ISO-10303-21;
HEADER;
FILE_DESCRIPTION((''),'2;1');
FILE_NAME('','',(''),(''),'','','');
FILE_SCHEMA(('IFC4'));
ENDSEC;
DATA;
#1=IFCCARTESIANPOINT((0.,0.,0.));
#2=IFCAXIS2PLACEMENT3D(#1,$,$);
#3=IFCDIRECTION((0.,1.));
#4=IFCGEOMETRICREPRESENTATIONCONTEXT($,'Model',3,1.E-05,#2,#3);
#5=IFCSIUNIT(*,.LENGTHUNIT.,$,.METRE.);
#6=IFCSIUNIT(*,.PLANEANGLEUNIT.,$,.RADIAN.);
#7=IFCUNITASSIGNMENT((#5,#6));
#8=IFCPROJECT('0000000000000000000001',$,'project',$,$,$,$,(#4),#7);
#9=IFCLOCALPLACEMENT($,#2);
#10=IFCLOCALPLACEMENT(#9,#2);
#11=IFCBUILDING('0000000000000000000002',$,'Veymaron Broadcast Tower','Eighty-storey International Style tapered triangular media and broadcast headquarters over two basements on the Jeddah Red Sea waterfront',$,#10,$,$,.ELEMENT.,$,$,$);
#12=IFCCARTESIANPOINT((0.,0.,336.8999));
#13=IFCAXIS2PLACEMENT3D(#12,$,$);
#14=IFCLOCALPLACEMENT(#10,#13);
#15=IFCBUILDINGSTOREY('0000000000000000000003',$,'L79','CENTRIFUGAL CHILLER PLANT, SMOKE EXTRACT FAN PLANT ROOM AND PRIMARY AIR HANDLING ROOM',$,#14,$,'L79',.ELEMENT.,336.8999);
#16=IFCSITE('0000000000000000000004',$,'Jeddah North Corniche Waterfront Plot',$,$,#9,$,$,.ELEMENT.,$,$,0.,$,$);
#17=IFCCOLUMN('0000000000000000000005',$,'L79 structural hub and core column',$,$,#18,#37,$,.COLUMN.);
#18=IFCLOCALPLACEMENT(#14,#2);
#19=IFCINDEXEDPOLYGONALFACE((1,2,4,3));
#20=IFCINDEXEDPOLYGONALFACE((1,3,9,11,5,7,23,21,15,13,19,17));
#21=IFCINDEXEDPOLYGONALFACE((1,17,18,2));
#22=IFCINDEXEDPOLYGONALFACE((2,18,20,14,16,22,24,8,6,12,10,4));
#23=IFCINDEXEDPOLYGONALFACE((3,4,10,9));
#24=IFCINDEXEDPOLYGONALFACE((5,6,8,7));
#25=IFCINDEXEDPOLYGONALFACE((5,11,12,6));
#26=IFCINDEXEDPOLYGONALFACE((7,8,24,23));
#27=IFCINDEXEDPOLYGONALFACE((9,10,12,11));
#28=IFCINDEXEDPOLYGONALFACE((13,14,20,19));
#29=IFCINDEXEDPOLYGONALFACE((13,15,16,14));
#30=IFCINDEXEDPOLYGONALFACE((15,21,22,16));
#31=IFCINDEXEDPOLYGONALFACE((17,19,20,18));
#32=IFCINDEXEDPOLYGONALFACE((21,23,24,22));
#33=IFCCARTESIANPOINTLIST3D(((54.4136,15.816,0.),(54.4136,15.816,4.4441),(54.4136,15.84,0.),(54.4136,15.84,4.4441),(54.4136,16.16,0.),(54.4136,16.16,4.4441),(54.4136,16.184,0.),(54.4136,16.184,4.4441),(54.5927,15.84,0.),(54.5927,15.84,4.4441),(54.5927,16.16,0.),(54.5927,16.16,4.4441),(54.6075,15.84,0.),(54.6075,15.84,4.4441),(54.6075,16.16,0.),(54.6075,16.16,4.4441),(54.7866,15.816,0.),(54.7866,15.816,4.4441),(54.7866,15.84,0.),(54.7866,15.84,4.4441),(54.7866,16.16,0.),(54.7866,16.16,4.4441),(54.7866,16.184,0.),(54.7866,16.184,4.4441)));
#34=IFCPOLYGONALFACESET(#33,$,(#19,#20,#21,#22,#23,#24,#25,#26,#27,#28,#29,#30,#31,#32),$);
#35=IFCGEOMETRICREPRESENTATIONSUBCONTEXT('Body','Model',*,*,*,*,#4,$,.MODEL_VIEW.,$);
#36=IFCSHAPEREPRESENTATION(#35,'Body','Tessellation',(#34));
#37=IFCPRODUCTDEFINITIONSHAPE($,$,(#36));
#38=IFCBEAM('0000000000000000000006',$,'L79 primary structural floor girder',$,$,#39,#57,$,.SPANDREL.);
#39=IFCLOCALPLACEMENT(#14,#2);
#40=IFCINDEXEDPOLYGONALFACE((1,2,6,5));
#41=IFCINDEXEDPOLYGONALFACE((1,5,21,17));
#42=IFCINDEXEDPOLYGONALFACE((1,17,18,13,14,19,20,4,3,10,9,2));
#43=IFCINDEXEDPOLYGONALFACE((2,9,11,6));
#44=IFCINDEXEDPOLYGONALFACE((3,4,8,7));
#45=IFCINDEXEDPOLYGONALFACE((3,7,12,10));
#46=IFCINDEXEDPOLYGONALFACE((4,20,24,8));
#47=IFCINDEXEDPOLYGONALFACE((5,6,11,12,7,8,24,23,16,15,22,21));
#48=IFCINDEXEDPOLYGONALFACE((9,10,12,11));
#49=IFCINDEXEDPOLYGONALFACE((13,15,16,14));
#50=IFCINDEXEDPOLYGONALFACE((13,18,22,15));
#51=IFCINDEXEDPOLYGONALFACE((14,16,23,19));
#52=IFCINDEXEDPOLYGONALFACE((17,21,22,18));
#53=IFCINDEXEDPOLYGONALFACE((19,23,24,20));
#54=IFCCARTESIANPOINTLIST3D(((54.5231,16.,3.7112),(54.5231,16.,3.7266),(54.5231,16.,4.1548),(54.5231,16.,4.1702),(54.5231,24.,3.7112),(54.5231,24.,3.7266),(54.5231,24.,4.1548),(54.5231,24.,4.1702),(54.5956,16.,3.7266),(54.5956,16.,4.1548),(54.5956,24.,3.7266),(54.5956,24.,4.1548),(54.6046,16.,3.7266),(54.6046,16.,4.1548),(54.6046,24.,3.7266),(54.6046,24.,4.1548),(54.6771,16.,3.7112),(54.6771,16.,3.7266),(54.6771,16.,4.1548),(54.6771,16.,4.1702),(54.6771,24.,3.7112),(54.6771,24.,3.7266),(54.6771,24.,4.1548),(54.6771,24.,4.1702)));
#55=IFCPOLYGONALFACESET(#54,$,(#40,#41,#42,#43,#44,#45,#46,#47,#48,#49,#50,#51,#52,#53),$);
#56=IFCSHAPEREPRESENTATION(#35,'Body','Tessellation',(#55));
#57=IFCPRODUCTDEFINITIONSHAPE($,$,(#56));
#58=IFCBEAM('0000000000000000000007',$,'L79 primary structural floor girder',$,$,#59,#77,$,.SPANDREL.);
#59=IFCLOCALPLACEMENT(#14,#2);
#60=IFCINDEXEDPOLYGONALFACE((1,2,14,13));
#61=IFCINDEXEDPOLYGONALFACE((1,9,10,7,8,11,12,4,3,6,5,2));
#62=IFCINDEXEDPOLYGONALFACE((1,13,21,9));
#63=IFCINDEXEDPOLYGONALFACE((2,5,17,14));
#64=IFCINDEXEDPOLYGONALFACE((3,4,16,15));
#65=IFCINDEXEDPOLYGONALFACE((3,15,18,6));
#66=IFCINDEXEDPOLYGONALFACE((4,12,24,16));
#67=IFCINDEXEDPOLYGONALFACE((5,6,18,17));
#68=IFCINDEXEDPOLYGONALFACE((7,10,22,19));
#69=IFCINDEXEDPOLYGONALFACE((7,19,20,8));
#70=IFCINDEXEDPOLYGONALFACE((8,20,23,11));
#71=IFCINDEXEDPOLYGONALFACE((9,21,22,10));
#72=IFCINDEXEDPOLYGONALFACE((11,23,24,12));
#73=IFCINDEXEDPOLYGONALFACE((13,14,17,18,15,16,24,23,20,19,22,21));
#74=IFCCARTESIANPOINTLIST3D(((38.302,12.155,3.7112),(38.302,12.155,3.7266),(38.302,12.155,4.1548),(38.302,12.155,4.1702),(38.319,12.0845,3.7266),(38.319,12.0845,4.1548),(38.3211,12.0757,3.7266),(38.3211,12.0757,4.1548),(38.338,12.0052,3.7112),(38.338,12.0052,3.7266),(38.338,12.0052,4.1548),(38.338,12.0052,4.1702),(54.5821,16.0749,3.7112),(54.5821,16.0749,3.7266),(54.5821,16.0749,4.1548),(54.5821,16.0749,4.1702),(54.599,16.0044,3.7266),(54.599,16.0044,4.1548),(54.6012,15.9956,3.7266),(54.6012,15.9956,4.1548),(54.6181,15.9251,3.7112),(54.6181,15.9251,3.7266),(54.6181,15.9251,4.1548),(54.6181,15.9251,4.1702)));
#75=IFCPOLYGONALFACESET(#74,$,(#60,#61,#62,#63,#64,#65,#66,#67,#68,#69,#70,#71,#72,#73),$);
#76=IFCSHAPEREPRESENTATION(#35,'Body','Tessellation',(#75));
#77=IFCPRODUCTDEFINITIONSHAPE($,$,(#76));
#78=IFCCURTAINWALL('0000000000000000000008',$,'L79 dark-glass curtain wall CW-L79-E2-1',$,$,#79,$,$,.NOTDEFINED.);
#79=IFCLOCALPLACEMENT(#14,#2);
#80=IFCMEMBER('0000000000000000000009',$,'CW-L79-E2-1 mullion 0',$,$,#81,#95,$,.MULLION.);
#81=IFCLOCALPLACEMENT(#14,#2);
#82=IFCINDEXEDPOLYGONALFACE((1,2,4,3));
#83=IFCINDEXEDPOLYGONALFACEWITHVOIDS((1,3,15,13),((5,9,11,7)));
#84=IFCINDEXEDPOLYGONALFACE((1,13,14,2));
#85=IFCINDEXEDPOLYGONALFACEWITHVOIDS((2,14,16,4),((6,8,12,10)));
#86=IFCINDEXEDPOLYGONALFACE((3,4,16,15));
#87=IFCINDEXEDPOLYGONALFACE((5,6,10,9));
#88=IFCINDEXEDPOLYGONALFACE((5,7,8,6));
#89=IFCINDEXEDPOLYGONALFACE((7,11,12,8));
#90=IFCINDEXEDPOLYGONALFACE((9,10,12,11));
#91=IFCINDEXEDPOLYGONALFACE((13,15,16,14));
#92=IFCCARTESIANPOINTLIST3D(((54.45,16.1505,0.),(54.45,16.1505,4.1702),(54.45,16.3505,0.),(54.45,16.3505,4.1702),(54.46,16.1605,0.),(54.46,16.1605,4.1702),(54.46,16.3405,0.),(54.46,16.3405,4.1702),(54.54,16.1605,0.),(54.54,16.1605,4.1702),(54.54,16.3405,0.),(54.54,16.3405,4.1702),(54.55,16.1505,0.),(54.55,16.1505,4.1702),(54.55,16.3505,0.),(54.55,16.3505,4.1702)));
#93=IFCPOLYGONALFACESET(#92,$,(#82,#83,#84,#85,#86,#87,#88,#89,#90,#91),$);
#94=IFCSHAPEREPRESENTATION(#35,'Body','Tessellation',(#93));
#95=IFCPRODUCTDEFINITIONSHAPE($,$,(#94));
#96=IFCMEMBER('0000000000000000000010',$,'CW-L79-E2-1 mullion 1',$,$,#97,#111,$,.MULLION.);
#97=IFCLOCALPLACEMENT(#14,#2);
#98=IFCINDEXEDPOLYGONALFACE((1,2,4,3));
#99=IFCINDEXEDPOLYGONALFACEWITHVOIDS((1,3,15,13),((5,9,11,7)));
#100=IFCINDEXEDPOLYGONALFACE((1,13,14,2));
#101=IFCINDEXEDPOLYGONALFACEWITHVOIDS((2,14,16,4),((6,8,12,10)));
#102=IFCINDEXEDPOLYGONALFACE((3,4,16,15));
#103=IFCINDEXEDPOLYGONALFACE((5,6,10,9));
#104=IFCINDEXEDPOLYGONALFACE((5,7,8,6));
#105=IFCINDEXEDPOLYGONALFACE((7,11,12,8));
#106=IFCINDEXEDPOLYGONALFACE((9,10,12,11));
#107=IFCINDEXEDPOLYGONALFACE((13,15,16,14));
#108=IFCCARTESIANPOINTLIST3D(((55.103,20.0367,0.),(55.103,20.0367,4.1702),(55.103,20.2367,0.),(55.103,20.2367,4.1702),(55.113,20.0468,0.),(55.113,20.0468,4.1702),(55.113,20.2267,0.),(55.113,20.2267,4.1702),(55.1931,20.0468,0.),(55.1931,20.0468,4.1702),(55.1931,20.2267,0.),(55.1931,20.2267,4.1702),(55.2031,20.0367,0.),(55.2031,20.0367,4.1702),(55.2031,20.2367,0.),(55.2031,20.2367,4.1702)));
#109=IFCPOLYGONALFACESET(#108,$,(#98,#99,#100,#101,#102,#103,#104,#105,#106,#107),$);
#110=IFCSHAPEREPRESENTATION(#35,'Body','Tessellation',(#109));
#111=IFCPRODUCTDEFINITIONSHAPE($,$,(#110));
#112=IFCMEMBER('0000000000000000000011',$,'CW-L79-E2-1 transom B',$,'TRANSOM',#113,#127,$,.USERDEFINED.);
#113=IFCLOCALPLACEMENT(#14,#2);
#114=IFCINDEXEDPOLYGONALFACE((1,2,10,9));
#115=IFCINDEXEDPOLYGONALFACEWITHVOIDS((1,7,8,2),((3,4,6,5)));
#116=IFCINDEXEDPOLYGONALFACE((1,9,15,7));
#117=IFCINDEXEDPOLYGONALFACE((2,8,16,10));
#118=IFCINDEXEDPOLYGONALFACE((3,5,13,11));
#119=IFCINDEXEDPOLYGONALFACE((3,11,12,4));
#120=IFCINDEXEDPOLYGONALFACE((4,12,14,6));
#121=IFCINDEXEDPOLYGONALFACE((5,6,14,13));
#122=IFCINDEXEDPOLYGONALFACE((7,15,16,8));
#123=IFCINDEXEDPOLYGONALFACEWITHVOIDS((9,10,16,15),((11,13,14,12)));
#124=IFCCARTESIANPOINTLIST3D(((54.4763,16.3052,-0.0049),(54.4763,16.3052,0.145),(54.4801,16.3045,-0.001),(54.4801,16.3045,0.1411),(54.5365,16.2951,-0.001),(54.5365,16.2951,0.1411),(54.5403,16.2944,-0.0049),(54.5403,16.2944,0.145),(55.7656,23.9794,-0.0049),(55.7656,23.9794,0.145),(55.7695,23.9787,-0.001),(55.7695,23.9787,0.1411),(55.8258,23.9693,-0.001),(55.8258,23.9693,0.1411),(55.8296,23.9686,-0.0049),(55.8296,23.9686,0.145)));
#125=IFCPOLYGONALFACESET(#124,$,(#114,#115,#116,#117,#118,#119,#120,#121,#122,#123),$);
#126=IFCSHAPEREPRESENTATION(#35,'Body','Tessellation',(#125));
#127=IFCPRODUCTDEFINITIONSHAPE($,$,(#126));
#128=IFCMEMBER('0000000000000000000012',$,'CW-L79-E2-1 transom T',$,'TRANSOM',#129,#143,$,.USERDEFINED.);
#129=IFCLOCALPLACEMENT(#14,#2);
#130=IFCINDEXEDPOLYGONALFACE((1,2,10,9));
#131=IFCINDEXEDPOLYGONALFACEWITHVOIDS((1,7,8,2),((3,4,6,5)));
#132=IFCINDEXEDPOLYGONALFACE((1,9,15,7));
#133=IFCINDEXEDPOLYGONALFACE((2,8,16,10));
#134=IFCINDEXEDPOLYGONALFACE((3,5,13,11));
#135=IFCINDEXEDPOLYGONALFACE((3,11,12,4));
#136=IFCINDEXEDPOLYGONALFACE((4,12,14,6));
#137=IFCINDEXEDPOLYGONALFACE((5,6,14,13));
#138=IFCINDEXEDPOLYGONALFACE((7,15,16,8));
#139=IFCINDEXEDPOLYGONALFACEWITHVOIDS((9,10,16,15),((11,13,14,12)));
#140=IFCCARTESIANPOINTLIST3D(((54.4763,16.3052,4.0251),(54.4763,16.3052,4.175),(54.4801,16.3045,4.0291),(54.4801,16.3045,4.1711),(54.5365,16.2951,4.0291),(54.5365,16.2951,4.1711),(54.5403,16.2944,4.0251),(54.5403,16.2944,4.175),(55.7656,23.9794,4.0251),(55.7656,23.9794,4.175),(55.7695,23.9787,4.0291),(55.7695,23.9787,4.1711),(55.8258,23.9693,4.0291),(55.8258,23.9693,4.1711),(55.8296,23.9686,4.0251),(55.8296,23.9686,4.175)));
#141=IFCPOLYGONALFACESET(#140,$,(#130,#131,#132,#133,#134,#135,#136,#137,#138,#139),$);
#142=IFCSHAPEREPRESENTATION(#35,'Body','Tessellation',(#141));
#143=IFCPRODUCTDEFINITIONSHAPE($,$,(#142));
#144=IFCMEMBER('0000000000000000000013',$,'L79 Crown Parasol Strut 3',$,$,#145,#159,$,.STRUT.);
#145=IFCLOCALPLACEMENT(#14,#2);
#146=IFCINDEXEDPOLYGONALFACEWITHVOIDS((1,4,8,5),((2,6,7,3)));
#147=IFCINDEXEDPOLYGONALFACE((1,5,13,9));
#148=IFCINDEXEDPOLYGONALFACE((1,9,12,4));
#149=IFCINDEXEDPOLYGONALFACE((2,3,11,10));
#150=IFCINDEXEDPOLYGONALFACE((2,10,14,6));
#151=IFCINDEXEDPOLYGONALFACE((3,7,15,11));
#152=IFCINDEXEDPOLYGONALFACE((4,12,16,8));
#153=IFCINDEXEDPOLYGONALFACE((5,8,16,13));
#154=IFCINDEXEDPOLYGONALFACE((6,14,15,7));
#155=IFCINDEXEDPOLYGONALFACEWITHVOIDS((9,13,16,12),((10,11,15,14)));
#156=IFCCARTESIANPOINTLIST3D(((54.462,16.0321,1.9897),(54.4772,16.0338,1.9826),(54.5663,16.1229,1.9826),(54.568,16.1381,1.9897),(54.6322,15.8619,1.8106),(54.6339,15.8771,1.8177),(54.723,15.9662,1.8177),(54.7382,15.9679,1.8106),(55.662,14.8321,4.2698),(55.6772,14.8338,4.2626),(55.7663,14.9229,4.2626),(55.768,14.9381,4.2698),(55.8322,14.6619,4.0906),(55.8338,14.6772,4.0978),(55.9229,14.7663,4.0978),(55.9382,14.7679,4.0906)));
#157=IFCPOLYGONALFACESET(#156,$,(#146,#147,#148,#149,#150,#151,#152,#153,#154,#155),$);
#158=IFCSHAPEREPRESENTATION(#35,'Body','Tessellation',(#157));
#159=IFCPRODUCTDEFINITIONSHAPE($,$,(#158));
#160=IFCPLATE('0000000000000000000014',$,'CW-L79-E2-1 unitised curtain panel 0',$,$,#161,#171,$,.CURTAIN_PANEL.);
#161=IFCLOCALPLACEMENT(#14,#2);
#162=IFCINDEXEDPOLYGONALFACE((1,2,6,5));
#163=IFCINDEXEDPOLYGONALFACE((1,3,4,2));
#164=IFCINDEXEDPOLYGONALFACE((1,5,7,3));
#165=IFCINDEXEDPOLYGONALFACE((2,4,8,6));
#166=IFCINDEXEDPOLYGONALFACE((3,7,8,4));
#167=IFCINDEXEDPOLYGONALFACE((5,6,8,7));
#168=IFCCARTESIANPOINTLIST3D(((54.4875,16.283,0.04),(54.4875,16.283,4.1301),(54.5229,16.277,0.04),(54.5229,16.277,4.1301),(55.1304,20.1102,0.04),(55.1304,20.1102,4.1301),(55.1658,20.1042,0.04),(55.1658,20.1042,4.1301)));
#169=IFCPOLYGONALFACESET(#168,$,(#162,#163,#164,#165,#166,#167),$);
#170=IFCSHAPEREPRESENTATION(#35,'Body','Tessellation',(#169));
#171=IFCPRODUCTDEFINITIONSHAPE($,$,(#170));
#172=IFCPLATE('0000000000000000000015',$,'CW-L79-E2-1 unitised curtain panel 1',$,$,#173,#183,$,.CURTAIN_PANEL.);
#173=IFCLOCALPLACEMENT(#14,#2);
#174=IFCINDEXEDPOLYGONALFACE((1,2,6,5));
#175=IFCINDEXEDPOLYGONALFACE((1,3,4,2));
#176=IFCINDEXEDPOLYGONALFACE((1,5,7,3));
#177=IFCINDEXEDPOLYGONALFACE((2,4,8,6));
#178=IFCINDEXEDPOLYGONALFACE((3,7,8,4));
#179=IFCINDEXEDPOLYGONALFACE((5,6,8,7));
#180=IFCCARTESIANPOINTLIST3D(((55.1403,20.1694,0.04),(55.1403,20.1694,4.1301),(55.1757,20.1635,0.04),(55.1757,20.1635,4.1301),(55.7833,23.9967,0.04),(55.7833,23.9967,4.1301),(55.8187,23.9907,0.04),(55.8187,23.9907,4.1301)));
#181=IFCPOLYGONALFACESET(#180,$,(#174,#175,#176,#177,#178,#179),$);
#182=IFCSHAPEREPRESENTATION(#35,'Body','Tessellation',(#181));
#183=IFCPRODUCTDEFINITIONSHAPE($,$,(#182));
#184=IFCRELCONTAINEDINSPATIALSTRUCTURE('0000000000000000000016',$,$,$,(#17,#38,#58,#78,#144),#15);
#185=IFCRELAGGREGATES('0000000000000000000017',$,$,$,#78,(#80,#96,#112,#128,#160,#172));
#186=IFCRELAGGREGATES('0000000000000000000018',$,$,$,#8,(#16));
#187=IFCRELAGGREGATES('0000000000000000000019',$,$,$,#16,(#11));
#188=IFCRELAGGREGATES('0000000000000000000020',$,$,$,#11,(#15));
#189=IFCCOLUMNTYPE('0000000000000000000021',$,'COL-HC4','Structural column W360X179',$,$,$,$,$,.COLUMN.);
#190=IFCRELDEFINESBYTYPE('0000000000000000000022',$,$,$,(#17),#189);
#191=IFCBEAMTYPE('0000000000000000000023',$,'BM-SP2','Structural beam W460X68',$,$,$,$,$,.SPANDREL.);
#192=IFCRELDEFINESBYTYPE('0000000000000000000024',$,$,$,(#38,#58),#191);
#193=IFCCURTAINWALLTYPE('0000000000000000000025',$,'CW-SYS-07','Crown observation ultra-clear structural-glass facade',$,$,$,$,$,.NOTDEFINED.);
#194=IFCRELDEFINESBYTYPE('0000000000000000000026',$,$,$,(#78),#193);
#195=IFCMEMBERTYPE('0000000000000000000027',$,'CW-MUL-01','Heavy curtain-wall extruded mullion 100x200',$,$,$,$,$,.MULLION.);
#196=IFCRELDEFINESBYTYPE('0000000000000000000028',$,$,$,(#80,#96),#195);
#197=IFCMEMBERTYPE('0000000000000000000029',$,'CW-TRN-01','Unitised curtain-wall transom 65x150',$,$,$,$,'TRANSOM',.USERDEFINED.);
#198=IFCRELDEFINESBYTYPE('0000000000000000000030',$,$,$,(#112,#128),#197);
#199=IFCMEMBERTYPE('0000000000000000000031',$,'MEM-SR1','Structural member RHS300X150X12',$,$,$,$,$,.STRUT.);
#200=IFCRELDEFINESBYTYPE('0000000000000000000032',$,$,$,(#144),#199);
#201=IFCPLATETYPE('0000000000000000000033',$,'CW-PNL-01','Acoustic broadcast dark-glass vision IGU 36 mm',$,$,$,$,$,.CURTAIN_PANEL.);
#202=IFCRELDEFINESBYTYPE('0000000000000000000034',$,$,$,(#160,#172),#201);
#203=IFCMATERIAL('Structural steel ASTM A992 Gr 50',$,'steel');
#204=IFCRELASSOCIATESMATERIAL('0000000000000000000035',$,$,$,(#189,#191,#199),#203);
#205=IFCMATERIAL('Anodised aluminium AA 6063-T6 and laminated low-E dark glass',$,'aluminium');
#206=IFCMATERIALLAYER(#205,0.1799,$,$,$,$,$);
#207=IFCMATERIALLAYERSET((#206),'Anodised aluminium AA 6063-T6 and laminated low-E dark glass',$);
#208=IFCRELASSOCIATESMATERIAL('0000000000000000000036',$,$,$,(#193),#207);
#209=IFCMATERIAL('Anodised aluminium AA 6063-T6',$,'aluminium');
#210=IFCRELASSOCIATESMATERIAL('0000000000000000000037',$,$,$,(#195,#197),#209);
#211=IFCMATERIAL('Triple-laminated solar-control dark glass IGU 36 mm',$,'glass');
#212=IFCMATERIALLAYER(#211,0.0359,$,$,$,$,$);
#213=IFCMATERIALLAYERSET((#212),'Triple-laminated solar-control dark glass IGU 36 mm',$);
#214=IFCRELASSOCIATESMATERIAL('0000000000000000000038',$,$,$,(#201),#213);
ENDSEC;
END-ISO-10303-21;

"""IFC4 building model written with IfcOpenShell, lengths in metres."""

from ifc_helpers import new_model, si_unit, direction, frame, origin, origin_2d, place, context, subcontext, project, spatial, rectangle, hollow_rectangle, i_section, extrude, material, layer, layer_set, material_profile, profile_set, type_object, element, aggregate, save


model = new_model("IFC4")

# Units and contexts
model_context = context("Model", 3, precision=1e-05, world=origin(), true_north=direction((0.0, 1.0)))
body_context = subcontext(model_context, "Body", "Model", "MODEL_VIEW")
ifc_project = project(units=[si_unit("LENGTHUNIT", "METRE"), si_unit("PLANEANGLEUNIT", "RADIAN")], contexts=[model_context])

# Site, building, storey
site_placement = place(None, origin())
site = spatial("IfcSite", under=ifc_project, at=site_placement, Name="Jeddah North Corniche Waterfront Plot", CompositionType="ELEMENT", RefElevation=0.0)
building_placement = place(site_placement, origin())
building = spatial("IfcBuilding", under=site, at=building_placement, Name="Veymaron Broadcast Tower", Description="Eighty-storey International Style tapered triangular media and broadcast headquarters over two basements on the Jeddah Red Sea waterfront", CompositionType="ELEMENT")
storey_placement = place(building_placement, frame((0.0, 0.0, 336.8999)))
storey = spatial("IfcBuildingStorey", under=building, at=storey_placement, Name="L79", Description="CENTRIFUGAL CHILLER PLANT, SMOKE EXTRACT FAN PLANT ROOM AND PRIMARY AIR HANDLING ROOM", LongName="L79", CompositionType="ELEMENT", Elevation=336.8999)

# Column
ifc_material_1 = material(Name="Structural steel ASTM A992 Gr 50", Category="steel")
ifc_material_profile_1 = material_profile(ifc_material_1, i_section(OverallWidth=0.373, OverallDepth=0.3679, WebThickness=0.0149, FlangeThickness=0.0239, at=origin_2d()), Name="W360X179")
ifc_profile_set_1 = profile_set([ifc_material_profile_1], Name="Structural steel ASTM A992 Gr 50")
column_type = type_object("IfcColumnType", Name="COL-HC4", Description="Structural column W360X179", PredefinedType="COLUMN", material=ifc_profile_set_1)
column_placement = place(storey_placement, frame((54.6001, 16.0, 0.0), z_axis=(0.0, 0.0, 1.0), x_axis=(1.0, 0.0, 0.0)))
element("IfcColumn", 1, at=column_placement, inside=storey, type_object=column_type, Name="L79 structural hub and core column", PredefinedType="COLUMN", context=body_context, shape_type="SweptSolid", body=[
    extrude(i_section(OverallWidth=0.373, OverallDepth=0.3679, WebThickness=0.0149, FlangeThickness=0.0239, at=origin_2d()), origin(), (0.0, 0.0, 1.0), 4.4441),
])

# Beams
ifc_material_profile_2 = material_profile(ifc_material_1, i_section(OverallWidth=0.1541, OverallDepth=0.459, WebThickness=0.009, FlangeThickness=0.0154, at=origin_2d()), Name="W460X68")
ifc_profile_set_2 = profile_set([ifc_material_profile_2], Name="Structural steel ASTM A992 Gr 50")
beam_type = type_object("IfcBeamType", Name="BM-SP2", Description="Structural beam W460X68", PredefinedType="SPANDREL", material=ifc_profile_set_2)
beam_1_placement = place(storey_placement, frame((54.6001, 16.0, 3.9407), z_axis=(0.0, 1.0, 0.0), x_axis=(-1.0, 0.0, 0.0)))
element("IfcBeam", 2, at=beam_1_placement, inside=storey, type_object=beam_type, Name="L79 primary structural floor girder", PredefinedType="SPANDREL", context=body_context, shape_type="SweptSolid", body=[
    extrude(i_section(OverallWidth=0.1541, OverallDepth=0.459, WebThickness=0.009, FlangeThickness=0.0154, at=origin_2d()), origin(), (0.0, 0.0, 1.0), 8.0),
])
beam_2_placement = place(storey_placement, frame((54.6001, 16.0, 3.9407), z_axis=(-0.972215, -0.234091, 0.0), x_axis=(0.234091, -0.972215, 0.0)))
element("IfcBeam", 3, at=beam_2_placement, inside=storey, type_object=beam_type, Name="L79 primary structural floor girder", PredefinedType="SPANDREL", context=body_context, shape_type="SweptSolid", body=[
    extrude(i_section(OverallWidth=0.1541, OverallDepth=0.459, WebThickness=0.009, FlangeThickness=0.0154, at=origin_2d()), origin(), (0.0, 0.0, 1.0), 16.7454),
])

# Curtain wall, members
ifc_material_2 = material(Name="Anodised aluminium AA 6063-T6 and laminated low-E dark glass", Category="aluminium")
ifc_layer_1 = layer(ifc_material_2, 0.1799)
ifc_layer_set_1 = layer_set([ifc_layer_1], Name="Anodised aluminium AA 6063-T6 and laminated low-E dark glass")
curtain_wall_type = type_object("IfcCurtainWallType", Name="CW-SYS-07", Description="Crown observation ultra-clear structural-glass facade", PredefinedType="NOTDEFINED", material=ifc_layer_set_1)
curtain_wall_placement = place(storey_placement, origin())
curtain_wall = element("IfcCurtainWall", 4, at=curtain_wall_placement, inside=storey, type_object=curtain_wall_type, Name="L79 dark-glass curtain wall CW-L79-E2-1", PredefinedType="NOTDEFINED")
ifc_material_3 = material(Name="Anodised aluminium AA 6063-T6", Category="aluminium")
ifc_material_profile_3 = material_profile(ifc_material_3, hollow_rectangle(XDim=0.1001, YDim=0.2, WallThickness=0.01, at=origin_2d()), Name="RHS200X100X10")
ifc_profile_set_3 = profile_set([ifc_material_profile_3], Name="Anodised aluminium AA 6063-T6")
member_type_1 = type_object("IfcMemberType", Name="CW-MUL-01", Description="Heavy curtain-wall extruded mullion 100x200", PredefinedType="MULLION", material=ifc_profile_set_3)
member_1_placement = place(storey_placement, frame((54.5, 16.2505, 0.0), z_axis=(0.0, 0.0, 1.0), x_axis=(1.0, 0.0, 0.0)))
member_1 = element("IfcMember", 5, at=member_1_placement, type_object=member_type_1, Name="CW-L79-E2-1 mullion 0", PredefinedType="MULLION", context=body_context, shape_type="SweptSolid", body=[
    extrude(hollow_rectangle(XDim=0.1001, YDim=0.2, WallThickness=0.01, at=origin_2d()), origin(), (0.0, 0.0, 1.0), 4.1702),
])
member_2_placement = place(storey_placement, frame((55.1531, 20.1367, 0.0), z_axis=(0.0, 0.0, 1.0), x_axis=(1.0, 0.0, 0.0)))
member_2 = element("IfcMember", 6, at=member_2_placement, type_object=member_type_1, Name="CW-L79-E2-1 mullion 1", PredefinedType="MULLION", context=body_context, shape_type="SweptSolid", body=[
    extrude(hollow_rectangle(XDim=0.1001, YDim=0.2, WallThickness=0.01, at=origin_2d()), origin(), (0.0, 0.0, 1.0), 4.1702),
])
ifc_material_profile_4 = material_profile(ifc_material_3, hollow_rectangle(XDim=0.0649, YDim=0.1499, WallThickness=0.0039, at=origin_2d()), Name="AL150X65X4")
ifc_profile_set_4 = profile_set([ifc_material_profile_4], Name="Anodised aluminium AA 6063-T6")
member_type_2 = type_object("IfcMemberType", Name="CW-TRN-01", Description="Unitised curtain-wall transom 65x150", ElementType="TRANSOM", PredefinedType="USERDEFINED", material=ifc_profile_set_4)
member_3_placement = place(storey_placement, frame((54.5083, 16.2998, 0.0701), z_axis=(0.165686, 0.986179, 0.0), x_axis=(-0.986179, 0.165686, 0.0)))
member_3 = element("IfcMember", 7, at=member_3_placement, type_object=member_type_2, Name="CW-L79-E2-1 transom B", ObjectType="TRANSOM", PredefinedType="USERDEFINED", context=body_context, shape_type="SweptSolid", body=[
    extrude(hollow_rectangle(XDim=0.0649, YDim=0.1499, WallThickness=0.0039, at=origin_2d()), origin(), (0.0, 0.0, 1.0), 7.7817),
])
member_4_placement = place(storey_placement, frame((54.5083, 16.2998, 4.1001), z_axis=(0.165686, 0.986179, 0.0), x_axis=(-0.986179, 0.165686, 0.0)))
member_4 = element("IfcMember", 8, at=member_4_placement, type_object=member_type_2, Name="CW-L79-E2-1 transom T", ObjectType="TRANSOM", PredefinedType="USERDEFINED", context=body_context, shape_type="SweptSolid", body=[
    extrude(hollow_rectangle(XDim=0.0649, YDim=0.1499, WallThickness=0.0039, at=origin_2d()), origin(), (0.0, 0.0, 1.0), 7.7817),
])

# Member
ifc_material_profile_5 = material_profile(ifc_material_1, hollow_rectangle(XDim=0.1499, YDim=0.3, WallThickness=0.012, at=origin_2d()), Name="RHS300X150X12")
ifc_profile_set_5 = profile_set([ifc_material_profile_5], Name="Structural steel ASTM A992 Gr 50")
member_type_3 = type_object("IfcMemberType", Name="MEM-SR1", Description="Structural member RHS300X150X12", PredefinedType="STRUT", material=ifc_profile_set_5)
member_5_placement = place(storey_placement, frame((54.6001, 16.0, 1.9001), z_axis=(0.422186, -0.422186, 0.802196), x_axis=(0.707107, 0.707107, 0.0)))
element("IfcMember", 9, at=member_5_placement, inside=storey, type_object=member_type_3, Name="L79 Crown Parasol Strut 3", PredefinedType="STRUT", context=body_context, shape_type="SweptSolid", body=[
    extrude(hollow_rectangle(XDim=0.1499, YDim=0.3, WallThickness=0.012, at=origin_2d()), origin(), (0.0, 0.0, 1.0), 2.8423),
])

# Plates
ifc_material_4 = material(Name="Triple-laminated solar-control dark glass IGU 36 mm", Category="glass")
ifc_layer_2 = layer(ifc_material_4, 0.0359)
ifc_layer_set_2 = layer_set([ifc_layer_2], Name="Triple-laminated solar-control dark glass IGU 36 mm")
plate_type_1 = type_object("IfcPlateType", Name="CW-PNL-01", Description="Acoustic broadcast dark-glass vision IGU 36 mm", PredefinedType="CURTAIN_PANEL", material=ifc_layer_set_2)
plate_1_placement = place(storey_placement, frame((54.8267, 18.1936, 0.04), z_axis=(0.0, 0.0, 1.0), x_axis=(0.165667, 0.986182, 0.0)))
plate_1 = element("IfcPlate", 10, at=plate_1_placement, type_object=plate_type_1, Name="CW-L79-E2-1 unitised curtain panel 0", PredefinedType="CURTAIN_PANEL", context=body_context, shape_type="SweptSolid", body=[
    extrude(rectangle(XDim=3.8809, YDim=0.0359, at=origin_2d()), origin(), (0.0, 0.0, 1.0), 4.0901),
])
plate_2_placement = place(storey_placement, frame((55.4795, 22.0801, 0.04), z_axis=(0.0, 0.0, 1.0), x_axis=(0.165667, 0.986182, 0.0)))
plate_2 = element("IfcPlate", 11, at=plate_2_placement, type_object=plate_type_1, Name="CW-L79-E2-1 unitised curtain panel 1", PredefinedType="CURTAIN_PANEL", context=body_context, shape_type="SweptSolid", body=[
    extrude(rectangle(XDim=3.8809, YDim=0.0359, at=origin_2d()), origin(), (0.0, 0.0, 1.0), 4.0901),
])
aggregate(curtain_wall, [member_1, member_2, member_3, member_4, plate_1, plate_2])

save(model, "model.ifc")
